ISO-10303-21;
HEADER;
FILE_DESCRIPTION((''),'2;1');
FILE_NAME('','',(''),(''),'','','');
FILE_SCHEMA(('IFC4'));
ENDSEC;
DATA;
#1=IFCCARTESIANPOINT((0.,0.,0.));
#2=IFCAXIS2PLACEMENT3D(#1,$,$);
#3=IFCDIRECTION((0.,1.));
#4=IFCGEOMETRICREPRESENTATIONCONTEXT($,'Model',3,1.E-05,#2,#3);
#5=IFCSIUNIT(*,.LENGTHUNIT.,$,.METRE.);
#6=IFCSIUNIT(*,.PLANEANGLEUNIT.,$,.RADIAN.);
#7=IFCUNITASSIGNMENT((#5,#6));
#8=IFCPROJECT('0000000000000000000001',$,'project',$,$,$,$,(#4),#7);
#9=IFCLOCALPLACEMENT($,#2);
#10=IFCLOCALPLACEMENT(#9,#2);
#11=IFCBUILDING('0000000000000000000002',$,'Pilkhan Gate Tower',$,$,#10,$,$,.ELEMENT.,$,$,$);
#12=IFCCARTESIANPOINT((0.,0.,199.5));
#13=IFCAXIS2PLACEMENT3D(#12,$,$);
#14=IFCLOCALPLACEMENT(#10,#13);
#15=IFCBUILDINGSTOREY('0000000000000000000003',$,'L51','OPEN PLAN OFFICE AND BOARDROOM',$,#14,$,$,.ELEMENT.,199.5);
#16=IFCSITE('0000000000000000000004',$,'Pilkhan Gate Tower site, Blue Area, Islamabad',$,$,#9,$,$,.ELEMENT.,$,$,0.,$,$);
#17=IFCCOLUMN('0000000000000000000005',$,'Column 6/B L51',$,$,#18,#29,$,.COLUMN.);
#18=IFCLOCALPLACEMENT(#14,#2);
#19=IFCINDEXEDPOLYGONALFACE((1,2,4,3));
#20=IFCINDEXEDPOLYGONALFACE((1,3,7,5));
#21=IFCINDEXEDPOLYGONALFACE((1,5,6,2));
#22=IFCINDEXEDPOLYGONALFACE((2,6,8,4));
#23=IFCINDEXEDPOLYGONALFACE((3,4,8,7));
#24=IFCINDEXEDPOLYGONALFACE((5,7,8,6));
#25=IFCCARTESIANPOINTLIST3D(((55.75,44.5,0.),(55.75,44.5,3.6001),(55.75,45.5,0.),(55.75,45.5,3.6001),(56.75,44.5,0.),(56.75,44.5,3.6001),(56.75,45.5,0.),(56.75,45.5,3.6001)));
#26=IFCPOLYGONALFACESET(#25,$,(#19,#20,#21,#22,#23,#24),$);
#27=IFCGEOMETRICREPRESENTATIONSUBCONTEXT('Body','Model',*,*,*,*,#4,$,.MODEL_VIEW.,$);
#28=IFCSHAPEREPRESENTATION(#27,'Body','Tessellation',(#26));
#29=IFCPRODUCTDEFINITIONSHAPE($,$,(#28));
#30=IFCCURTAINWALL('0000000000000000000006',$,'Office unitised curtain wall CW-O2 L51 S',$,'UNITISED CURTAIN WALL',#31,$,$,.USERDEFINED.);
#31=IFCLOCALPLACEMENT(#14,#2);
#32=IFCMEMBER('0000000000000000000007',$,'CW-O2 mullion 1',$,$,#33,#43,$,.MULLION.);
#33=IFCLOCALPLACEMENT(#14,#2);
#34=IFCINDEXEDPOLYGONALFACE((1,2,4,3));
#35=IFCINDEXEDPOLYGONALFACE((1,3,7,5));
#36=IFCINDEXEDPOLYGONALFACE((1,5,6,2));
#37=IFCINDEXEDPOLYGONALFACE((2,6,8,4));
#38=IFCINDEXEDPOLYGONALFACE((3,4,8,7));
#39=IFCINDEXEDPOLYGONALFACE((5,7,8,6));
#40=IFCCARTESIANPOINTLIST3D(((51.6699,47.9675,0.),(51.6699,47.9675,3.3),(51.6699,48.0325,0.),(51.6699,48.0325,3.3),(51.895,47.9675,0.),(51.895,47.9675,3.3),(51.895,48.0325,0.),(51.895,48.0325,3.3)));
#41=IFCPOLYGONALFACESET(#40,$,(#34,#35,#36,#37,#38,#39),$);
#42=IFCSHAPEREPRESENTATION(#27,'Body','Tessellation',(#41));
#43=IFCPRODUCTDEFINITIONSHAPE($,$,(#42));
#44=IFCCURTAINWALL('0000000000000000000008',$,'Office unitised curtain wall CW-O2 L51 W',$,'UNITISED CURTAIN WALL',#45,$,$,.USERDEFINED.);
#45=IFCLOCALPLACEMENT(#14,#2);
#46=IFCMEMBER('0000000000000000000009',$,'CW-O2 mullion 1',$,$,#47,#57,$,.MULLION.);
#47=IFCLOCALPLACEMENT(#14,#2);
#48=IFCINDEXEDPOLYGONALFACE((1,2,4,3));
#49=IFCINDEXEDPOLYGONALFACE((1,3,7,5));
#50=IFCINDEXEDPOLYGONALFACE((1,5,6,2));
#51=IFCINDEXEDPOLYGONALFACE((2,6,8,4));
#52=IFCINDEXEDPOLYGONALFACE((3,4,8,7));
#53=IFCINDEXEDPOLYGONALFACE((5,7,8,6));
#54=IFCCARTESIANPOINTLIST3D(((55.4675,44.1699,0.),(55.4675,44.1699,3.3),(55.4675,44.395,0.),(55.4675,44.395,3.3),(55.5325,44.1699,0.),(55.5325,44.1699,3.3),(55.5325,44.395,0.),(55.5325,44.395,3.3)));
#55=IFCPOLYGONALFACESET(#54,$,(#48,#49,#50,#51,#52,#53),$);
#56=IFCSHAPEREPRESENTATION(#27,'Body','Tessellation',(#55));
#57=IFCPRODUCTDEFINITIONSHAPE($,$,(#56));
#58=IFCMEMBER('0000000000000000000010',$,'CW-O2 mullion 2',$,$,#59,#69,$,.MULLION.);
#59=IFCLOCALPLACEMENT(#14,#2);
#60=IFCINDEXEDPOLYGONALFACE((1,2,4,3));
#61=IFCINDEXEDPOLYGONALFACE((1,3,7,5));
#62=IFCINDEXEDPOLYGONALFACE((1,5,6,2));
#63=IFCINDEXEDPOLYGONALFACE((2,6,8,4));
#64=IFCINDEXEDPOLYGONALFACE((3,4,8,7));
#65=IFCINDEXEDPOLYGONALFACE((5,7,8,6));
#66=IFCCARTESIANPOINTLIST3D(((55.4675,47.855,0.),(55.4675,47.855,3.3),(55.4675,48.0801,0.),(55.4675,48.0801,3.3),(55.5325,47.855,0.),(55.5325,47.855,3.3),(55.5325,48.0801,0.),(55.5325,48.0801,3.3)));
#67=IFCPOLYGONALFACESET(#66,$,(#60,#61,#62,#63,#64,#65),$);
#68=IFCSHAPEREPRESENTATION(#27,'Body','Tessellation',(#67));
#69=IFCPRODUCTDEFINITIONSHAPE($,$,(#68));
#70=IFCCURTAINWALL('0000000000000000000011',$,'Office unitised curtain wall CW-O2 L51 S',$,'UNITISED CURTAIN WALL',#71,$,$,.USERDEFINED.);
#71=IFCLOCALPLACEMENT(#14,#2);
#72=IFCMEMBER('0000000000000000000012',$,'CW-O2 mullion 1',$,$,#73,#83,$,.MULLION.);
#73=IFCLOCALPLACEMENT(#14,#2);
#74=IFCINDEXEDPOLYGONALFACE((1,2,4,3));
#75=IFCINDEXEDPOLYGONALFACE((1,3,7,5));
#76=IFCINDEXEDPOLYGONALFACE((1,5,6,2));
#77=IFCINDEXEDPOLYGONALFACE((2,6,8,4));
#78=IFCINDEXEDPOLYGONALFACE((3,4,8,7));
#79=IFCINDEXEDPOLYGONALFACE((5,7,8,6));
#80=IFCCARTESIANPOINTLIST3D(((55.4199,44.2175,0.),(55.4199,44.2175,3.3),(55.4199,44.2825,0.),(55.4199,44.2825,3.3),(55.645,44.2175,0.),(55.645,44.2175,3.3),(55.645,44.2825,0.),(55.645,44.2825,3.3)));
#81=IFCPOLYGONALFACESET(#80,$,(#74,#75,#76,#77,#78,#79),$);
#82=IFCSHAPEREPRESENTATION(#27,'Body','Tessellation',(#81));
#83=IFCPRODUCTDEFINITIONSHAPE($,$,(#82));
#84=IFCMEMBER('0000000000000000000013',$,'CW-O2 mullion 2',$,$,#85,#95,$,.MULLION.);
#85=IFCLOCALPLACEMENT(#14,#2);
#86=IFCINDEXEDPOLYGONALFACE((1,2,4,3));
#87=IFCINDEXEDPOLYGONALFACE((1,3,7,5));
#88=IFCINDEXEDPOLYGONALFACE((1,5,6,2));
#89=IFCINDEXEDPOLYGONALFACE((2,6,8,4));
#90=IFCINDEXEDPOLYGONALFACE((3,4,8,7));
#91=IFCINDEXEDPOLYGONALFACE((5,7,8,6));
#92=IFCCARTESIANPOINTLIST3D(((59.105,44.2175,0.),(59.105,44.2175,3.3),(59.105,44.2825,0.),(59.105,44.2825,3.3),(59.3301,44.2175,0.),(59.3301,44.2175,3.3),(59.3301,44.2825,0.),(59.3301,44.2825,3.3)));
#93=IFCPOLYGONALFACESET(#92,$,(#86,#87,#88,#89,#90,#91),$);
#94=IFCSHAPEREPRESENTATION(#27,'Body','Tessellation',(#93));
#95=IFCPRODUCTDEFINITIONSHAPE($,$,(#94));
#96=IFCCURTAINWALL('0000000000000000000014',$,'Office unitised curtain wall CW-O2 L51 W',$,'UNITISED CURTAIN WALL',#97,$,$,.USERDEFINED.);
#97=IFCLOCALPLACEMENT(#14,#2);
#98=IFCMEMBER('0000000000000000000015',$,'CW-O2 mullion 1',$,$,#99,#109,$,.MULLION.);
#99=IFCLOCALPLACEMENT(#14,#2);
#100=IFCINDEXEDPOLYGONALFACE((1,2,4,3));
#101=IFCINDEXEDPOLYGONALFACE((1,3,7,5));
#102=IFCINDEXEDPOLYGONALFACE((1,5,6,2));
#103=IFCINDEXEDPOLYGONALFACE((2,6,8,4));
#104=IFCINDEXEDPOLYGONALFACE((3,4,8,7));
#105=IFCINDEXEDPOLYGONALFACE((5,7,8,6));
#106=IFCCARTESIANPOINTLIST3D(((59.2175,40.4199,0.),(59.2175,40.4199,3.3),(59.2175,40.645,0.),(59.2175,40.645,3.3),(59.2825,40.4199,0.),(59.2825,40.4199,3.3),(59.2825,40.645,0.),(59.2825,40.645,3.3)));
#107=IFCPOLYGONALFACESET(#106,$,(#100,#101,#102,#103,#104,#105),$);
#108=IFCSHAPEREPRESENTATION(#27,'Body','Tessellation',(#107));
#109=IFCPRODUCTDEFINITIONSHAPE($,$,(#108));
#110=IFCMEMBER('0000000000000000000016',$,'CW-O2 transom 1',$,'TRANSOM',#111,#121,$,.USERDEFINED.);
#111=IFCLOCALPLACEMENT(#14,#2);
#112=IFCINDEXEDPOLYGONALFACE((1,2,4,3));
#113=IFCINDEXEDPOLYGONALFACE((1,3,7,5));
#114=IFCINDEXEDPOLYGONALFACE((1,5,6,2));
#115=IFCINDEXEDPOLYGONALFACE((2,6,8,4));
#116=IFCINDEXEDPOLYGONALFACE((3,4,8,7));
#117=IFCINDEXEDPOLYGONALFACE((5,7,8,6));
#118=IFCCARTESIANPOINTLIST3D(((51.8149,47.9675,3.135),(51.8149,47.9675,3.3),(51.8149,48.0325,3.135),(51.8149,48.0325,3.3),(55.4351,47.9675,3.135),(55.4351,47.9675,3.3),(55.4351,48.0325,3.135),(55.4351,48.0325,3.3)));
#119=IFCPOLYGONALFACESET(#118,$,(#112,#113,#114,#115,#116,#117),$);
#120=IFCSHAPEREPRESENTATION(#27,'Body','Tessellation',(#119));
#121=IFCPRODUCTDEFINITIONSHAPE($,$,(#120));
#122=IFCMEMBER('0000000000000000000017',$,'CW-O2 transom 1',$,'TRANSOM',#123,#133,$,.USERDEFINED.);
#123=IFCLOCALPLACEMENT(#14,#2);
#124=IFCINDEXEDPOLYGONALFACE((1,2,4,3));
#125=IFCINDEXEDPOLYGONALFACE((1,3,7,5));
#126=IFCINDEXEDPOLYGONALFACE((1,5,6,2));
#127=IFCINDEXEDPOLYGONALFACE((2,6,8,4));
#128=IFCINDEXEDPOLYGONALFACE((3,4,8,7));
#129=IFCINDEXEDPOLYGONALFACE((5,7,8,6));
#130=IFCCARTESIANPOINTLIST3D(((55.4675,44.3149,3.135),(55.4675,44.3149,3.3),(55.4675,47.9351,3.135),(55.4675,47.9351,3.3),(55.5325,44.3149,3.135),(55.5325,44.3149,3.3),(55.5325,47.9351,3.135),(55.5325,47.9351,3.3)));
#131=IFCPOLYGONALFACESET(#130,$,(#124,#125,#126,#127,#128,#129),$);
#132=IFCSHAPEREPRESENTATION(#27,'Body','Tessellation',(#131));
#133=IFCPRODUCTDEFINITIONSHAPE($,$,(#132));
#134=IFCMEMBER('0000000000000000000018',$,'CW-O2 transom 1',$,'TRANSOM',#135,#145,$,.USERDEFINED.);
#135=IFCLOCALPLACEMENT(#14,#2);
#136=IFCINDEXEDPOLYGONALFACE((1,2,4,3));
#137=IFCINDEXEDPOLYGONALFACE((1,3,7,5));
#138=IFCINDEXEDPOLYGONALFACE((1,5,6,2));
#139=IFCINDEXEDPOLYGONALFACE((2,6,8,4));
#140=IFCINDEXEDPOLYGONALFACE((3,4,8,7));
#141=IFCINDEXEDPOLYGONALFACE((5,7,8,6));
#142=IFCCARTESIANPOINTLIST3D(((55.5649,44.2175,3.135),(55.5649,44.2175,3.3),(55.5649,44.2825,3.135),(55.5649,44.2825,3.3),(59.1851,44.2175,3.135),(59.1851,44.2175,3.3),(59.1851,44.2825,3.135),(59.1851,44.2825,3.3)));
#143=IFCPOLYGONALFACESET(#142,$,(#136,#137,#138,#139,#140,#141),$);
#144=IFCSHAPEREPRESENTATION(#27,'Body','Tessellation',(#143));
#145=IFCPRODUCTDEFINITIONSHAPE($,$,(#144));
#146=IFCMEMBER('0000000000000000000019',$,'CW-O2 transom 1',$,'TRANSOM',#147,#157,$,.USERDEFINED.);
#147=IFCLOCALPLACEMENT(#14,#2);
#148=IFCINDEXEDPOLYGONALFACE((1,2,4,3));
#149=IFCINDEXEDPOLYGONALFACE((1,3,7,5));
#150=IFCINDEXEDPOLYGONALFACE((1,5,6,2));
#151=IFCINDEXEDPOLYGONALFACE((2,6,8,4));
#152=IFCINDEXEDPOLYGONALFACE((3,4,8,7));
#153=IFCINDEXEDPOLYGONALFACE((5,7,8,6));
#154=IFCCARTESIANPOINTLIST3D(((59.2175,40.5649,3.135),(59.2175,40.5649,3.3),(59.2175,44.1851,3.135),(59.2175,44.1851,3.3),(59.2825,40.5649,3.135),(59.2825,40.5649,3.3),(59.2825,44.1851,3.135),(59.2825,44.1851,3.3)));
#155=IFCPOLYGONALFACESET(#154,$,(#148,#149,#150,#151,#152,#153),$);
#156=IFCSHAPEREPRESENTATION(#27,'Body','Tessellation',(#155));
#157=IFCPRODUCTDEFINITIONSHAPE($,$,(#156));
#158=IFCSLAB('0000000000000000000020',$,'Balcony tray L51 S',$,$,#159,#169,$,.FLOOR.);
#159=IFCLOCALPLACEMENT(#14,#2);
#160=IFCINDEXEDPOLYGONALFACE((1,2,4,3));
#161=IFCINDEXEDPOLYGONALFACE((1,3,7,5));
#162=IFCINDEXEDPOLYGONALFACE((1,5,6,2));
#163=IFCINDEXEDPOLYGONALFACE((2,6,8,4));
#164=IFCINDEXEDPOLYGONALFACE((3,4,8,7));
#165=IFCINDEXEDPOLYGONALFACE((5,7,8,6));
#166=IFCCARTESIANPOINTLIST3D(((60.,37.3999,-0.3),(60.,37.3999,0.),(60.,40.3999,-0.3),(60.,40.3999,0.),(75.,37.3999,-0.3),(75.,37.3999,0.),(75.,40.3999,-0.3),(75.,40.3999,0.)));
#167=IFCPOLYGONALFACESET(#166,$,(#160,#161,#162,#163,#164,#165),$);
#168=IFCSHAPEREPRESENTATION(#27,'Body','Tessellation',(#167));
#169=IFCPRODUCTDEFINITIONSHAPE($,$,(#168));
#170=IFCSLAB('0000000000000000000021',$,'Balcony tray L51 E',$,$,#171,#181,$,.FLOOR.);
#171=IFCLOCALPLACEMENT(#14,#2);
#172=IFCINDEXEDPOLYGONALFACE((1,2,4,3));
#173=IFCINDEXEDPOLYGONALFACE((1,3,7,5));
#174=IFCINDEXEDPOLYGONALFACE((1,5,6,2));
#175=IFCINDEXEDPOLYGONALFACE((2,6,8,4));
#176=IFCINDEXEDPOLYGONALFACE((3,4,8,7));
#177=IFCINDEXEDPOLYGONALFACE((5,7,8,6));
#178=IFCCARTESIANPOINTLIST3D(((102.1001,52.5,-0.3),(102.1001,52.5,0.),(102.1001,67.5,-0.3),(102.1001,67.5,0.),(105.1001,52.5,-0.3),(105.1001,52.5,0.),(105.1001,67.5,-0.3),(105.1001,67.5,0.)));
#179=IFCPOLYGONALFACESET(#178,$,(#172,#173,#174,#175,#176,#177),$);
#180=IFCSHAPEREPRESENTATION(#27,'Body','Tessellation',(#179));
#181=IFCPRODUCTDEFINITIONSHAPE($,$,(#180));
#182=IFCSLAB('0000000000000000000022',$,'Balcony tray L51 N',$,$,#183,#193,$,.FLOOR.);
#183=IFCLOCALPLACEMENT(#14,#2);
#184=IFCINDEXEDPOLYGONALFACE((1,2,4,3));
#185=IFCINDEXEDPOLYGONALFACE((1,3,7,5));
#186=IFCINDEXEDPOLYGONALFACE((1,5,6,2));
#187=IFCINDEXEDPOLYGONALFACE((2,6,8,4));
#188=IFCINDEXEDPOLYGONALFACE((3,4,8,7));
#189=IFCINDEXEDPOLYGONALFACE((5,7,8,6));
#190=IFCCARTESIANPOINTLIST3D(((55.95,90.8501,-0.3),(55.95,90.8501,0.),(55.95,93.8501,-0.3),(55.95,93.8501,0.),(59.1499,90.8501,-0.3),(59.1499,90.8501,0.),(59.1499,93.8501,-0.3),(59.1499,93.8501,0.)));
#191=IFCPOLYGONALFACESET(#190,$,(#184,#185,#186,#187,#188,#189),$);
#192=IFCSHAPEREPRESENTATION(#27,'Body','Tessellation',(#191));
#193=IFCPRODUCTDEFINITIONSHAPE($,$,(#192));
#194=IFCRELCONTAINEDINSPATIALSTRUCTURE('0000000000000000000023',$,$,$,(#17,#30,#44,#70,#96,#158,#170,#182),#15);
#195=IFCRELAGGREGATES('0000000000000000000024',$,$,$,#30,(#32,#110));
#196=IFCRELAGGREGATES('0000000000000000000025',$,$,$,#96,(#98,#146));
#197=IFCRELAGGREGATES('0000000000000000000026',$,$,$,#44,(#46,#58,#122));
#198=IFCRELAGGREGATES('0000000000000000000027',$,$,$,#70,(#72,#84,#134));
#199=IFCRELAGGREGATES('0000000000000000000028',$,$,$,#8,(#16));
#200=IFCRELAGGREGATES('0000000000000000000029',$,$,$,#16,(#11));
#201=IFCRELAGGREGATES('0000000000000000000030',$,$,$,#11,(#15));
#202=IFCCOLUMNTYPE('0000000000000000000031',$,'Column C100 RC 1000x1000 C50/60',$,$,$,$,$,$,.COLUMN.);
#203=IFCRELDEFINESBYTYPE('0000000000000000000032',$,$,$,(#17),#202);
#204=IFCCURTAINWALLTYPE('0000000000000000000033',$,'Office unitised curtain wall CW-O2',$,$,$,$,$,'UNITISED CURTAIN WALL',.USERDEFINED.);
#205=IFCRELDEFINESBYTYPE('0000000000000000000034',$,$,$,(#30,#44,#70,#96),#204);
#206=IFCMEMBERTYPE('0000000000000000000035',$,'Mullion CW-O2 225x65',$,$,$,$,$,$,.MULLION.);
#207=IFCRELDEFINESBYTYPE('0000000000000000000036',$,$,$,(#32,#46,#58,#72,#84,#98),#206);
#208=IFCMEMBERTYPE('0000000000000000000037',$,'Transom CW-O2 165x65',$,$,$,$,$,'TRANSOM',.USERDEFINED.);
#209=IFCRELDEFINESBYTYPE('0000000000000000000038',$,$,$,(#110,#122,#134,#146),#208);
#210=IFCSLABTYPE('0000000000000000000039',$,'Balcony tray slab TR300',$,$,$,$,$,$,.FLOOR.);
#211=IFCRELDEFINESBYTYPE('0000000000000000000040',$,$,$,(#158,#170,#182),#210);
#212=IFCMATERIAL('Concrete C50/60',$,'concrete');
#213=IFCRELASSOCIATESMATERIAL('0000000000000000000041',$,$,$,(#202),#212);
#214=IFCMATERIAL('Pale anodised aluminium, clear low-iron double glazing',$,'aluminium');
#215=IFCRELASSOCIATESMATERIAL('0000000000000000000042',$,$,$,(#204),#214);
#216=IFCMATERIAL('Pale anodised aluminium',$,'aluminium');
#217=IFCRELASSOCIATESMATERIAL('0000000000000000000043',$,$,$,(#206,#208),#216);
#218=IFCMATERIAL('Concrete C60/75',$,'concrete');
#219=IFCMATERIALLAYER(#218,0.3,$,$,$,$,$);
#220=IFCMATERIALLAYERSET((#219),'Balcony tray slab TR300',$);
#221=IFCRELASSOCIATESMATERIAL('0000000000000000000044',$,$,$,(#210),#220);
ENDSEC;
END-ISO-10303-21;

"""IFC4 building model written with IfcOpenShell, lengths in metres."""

from ifc_helpers import new_model, si_unit, direction, frame, origin, origin_2d, place, context, subcontext, project, spatial, polyline, rectangle, outline, extrude, material, layer, layer_set, material_profile, profile_set, type_object, element, aggregate, save


model = new_model("IFC4")

# Units and contexts
model_context = context("Model", 3, precision=1e-05, world=origin(), true_north=direction((0.0, 1.0)))
body_context = subcontext(model_context, "Body", "Model", "MODEL_VIEW")
ifc_project = project(units=[si_unit("LENGTHUNIT", "METRE"), si_unit("PLANEANGLEUNIT", "RADIAN")], contexts=[model_context])

# Site, building, storey
site_placement = place(None, origin())
site = spatial("IfcSite", under=ifc_project, at=site_placement, Name="Pilkhan Gate Tower site, Blue Area, Islamabad", CompositionType="ELEMENT", RefElevation=0.0)
building_placement = place(site_placement, origin())
building = spatial("IfcBuilding", under=site, at=building_placement, Name="Pilkhan Gate Tower", CompositionType="ELEMENT")
storey_placement = place(building_placement, frame((0.0, 0.0, 199.5)))
storey = spatial("IfcBuildingStorey", under=building, at=storey_placement, Name="L51", Description="OPEN PLAN OFFICE AND BOARDROOM", CompositionType="ELEMENT", Elevation=199.5)

# Column
ifc_material_1 = material(Name="Concrete C50/60", Category="concrete")
ifc_material_profile_1 = material_profile(ifc_material_1, rectangle(XDim=1.0, YDim=1.0, at=origin_2d()), Name="RC 1000x1000")
ifc_profile_set_1 = profile_set([ifc_material_profile_1], Name="Concrete C50/60")
column_type = type_object("IfcColumnType", Name="Column C100 RC 1000x1000 C50/60", PredefinedType="COLUMN", material=ifc_profile_set_1)
column_placement = place(storey_placement, frame((56.25, 45.0, 0.0), z_axis=(0.0, 0.0, 1.0), x_axis=(1.0, 0.0, 0.0)))
element("IfcColumn", 1, at=column_placement, inside=storey, type_object=column_type, Name="Column 6/B L51", PredefinedType="COLUMN", context=body_context, shape_type="SweptSolid", body=[
    extrude(rectangle(XDim=1.0, YDim=1.0, at=origin_2d()), origin(), (0.0, 0.0, 1.0), 3.6001),
])

# Curtain wall, member
ifc_material_2 = material(Name="Pale anodised aluminium, clear low-iron double glazing", Category="aluminium")
curtain_wall_type = type_object("IfcCurtainWallType", Name="Office unitised curtain wall CW-O2", ElementType="UNITISED CURTAIN WALL", PredefinedType="USERDEFINED", material=ifc_material_2)
curtain_wall_1_placement = place(storey_placement, origin())
curtain_wall_1 = element("IfcCurtainWall", 2, at=curtain_wall_1_placement, inside=storey, type_object=curtain_wall_type, Name="Office unitised curtain wall CW-O2 L51 S", ObjectType="UNITISED CURTAIN WALL", PredefinedType="USERDEFINED")
ifc_material_3 = material(Name="Pale anodised aluminium", Category="aluminium")
ifc_material_profile_2 = material_profile(ifc_material_3, rectangle(XDim=0.0649, YDim=0.2251, at=origin_2d()), Name="Mullion 225x65")
ifc_profile_set_2 = profile_set([ifc_material_profile_2], Name="Pale anodised aluminium")
member_type_1 = type_object("IfcMemberType", Name="Mullion CW-O2 225x65", PredefinedType="MULLION", material=ifc_profile_set_2)
member_1_placement = place(storey_placement, frame((51.7825, 48.0, 0.0), z_axis=(0.0, 0.0, 1.0), x_axis=(0.0, 1.0, 0.0)))
member_1 = element("IfcMember", 3, at=member_1_placement, type_object=member_type_1, Name="CW-O2 mullion 1", PredefinedType="MULLION", context=body_context, shape_type="SweptSolid", body=[
    extrude(rectangle(XDim=0.0649, YDim=0.2251, at=origin_2d()), origin(), (0.0, 0.0, 1.0), 3.3),
])

# Curtain walls, members
curtain_wall_2_placement = place(storey_placement, origin())
curtain_wall_2 = element("IfcCurtainWall", 4, at=curtain_wall_2_placement, inside=storey, type_object=curtain_wall_type, Name="Office unitised curtain wall CW-O2 L51 W", ObjectType="UNITISED CURTAIN WALL", PredefinedType="USERDEFINED")
member_2_placement = place(storey_placement, frame((55.5, 44.2825, 0.0), z_axis=(0.0, 0.0, 1.0), x_axis=(-1.0, 0.0, 0.0)))
member_2 = element("IfcMember", 5, at=member_2_placement, type_object=member_type_1, Name="CW-O2 mullion 1", PredefinedType="MULLION", context=body_context, shape_type="SweptSolid", body=[
    extrude(rectangle(XDim=0.0649, YDim=0.2251, at=origin_2d()), origin(), (0.0, 0.0, 1.0), 3.3),
])
member_3_placement = place(storey_placement, frame((55.5, 47.9675, 0.0), z_axis=(0.0, 0.0, 1.0), x_axis=(-1.0, 0.0, 0.0)))
member_3 = element("IfcMember", 6, at=member_3_placement, type_object=member_type_1, Name="CW-O2 mullion 2", PredefinedType="MULLION", context=body_context, shape_type="SweptSolid", body=[
    extrude(rectangle(XDim=0.0649, YDim=0.2251, at=origin_2d()), origin(), (0.0, 0.0, 1.0), 3.3),
])
curtain_wall_3_placement = place(storey_placement, origin())
curtain_wall_3 = element("IfcCurtainWall", 7, at=curtain_wall_3_placement, inside=storey, type_object=curtain_wall_type, Name="Office unitised curtain wall CW-O2 L51 S", ObjectType="UNITISED CURTAIN WALL", PredefinedType="USERDEFINED")
member_4_placement = place(storey_placement, frame((55.5325, 44.25, 0.0), z_axis=(0.0, 0.0, 1.0), x_axis=(0.0, 1.0, 0.0)))
member_4 = element("IfcMember", 8, at=member_4_placement, type_object=member_type_1, Name="CW-O2 mullion 1", PredefinedType="MULLION", context=body_context, shape_type="SweptSolid", body=[
    extrude(rectangle(XDim=0.0649, YDim=0.2251, at=origin_2d()), origin(), (0.0, 0.0, 1.0), 3.3),
])
member_5_placement = place(storey_placement, frame((59.2175, 44.25, 0.0), z_axis=(0.0, 0.0, 1.0), x_axis=(0.0, 1.0, 0.0)))
member_5 = element("IfcMember", 9, at=member_5_placement, type_object=member_type_1, Name="CW-O2 mullion 2", PredefinedType="MULLION", context=body_context, shape_type="SweptSolid", body=[
    extrude(rectangle(XDim=0.0649, YDim=0.2251, at=origin_2d()), origin(), (0.0, 0.0, 1.0), 3.3),
])

# Curtain wall, member
curtain_wall_4_placement = place(storey_placement, origin())
curtain_wall_4 = element("IfcCurtainWall", 10, at=curtain_wall_4_placement, inside=storey, type_object=curtain_wall_type, Name="Office unitised curtain wall CW-O2 L51 W", ObjectType="UNITISED CURTAIN WALL", PredefinedType="USERDEFINED")
member_6_placement = place(storey_placement, frame((59.25, 40.5325, 0.0), z_axis=(0.0, 0.0, 1.0), x_axis=(-1.0, 0.0, 0.0)))
member_6 = element("IfcMember", 11, at=member_6_placement, type_object=member_type_1, Name="CW-O2 mullion 1", PredefinedType="MULLION", context=body_context, shape_type="SweptSolid", body=[
    extrude(rectangle(XDim=0.0649, YDim=0.2251, at=origin_2d()), origin(), (0.0, 0.0, 1.0), 3.3),
])

# Members
ifc_material_profile_3 = material_profile(ifc_material_3, rectangle(XDim=0.0649, YDim=0.165, at=origin_2d()), Name="Transom 165x65")
ifc_profile_set_3 = profile_set([ifc_material_profile_3], Name="Pale anodised aluminium")
member_type_2 = type_object("IfcMemberType", Name="Transom CW-O2 165x65", ElementType="TRANSOM", PredefinedType="USERDEFINED", material=ifc_profile_set_3)
member_7_placement = place(storey_placement, frame((51.8149, 48.0, 3.2175), z_axis=(1.0, 0.0, 0.0), x_axis=(0.0, 1.0, 0.0)))
member_7 = element("IfcMember", 12, at=member_7_placement, type_object=member_type_2, Name="CW-O2 transom 1", ObjectType="TRANSOM", PredefinedType="USERDEFINED", context=body_context, shape_type="SweptSolid", body=[
    extrude(rectangle(XDim=0.0649, YDim=0.165, at=origin_2d()), origin(), (0.0, 0.0, 1.0), 3.6201),
])
aggregate(curtain_wall_1, [member_1, member_7])
member_8_placement = place(storey_placement, frame((55.5, 44.3149, 3.2175), z_axis=(0.0, 1.0, 0.0), x_axis=(-1.0, 0.0, 0.0)))
member_8 = element("IfcMember", 13, at=member_8_placement, type_object=member_type_2, Name="CW-O2 transom 1", ObjectType="TRANSOM", PredefinedType="USERDEFINED", context=body_context, shape_type="SweptSolid", body=[
    extrude(rectangle(XDim=0.0649, YDim=0.165, at=origin_2d()), origin(), (0.0, 0.0, 1.0), 3.6201),
])
member_9_placement = place(storey_placement, frame((55.5649, 44.25, 3.2175), z_axis=(1.0, 0.0, 0.0), x_axis=(0.0, 1.0, 0.0)))
member_9 = element("IfcMember", 14, at=member_9_placement, type_object=member_type_2, Name="CW-O2 transom 1", ObjectType="TRANSOM", PredefinedType="USERDEFINED", context=body_context, shape_type="SweptSolid", body=[
    extrude(rectangle(XDim=0.0649, YDim=0.165, at=origin_2d()), origin(), (0.0, 0.0, 1.0), 3.6201),
])
member_10_placement = place(storey_placement, frame((59.25, 40.5649, 3.2175), z_axis=(0.0, 1.0, 0.0), x_axis=(-1.0, 0.0, 0.0)))
member_10 = element("IfcMember", 15, at=member_10_placement, type_object=member_type_2, Name="CW-O2 transom 1", ObjectType="TRANSOM", PredefinedType="USERDEFINED", context=body_context, shape_type="SweptSolid", body=[
    extrude(rectangle(XDim=0.0649, YDim=0.165, at=origin_2d()), origin(), (0.0, 0.0, 1.0), 3.6201),
])
aggregate(curtain_wall_4, [member_6, member_10])

# Slabs
ifc_material_4 = material(Name="Concrete C60/75", Category="concrete")
ifc_layer_1 = layer(ifc_material_4, 0.3)
ifc_layer_set_1 = layer_set([ifc_layer_1], Name="Balcony tray slab TR300")
slab_type_1 = type_object("IfcSlabType", Name="Balcony tray slab TR300", PredefinedType="FLOOR", material=ifc_layer_set_1)
slab_1_placement = place(storey_placement, frame((0.0, 0.0, -0.3)))
element("IfcSlab", 16, at=slab_1_placement, inside=storey, type_object=slab_type_1, Name="Balcony tray L51 S", PredefinedType="FLOOR", context=body_context, shape_type="SweptSolid", body=[
    extrude(outline(polyline([(75.0, 37.3999), (75.0, 40.3999), (60.0, 40.3999), (60.0, 37.3999), (75.0, 37.3999)])), origin(), (0.0, 0.0, 1.0), 0.3),
])
slab_2_placement = place(storey_placement, frame((0.0, 0.0, -0.3)))
element("IfcSlab", 17, at=slab_2_placement, inside=storey, type_object=slab_type_1, Name="Balcony tray L51 E", PredefinedType="FLOOR", context=body_context, shape_type="SweptSolid", body=[
    extrude(outline(polyline([(105.1001, 52.5), (105.1001, 67.5), (102.1001, 67.5), (102.1001, 52.5), (105.1001, 52.5)])), origin(), (0.0, 0.0, 1.0), 0.3),
])
slab_3_placement = place(storey_placement, frame((0.0, 0.0, -0.3)))
element("IfcSlab", 18, at=slab_3_placement, inside=storey, type_object=slab_type_1, Name="Balcony tray L51 N", PredefinedType="FLOOR", context=body_context, shape_type="SweptSolid", body=[
    extrude(outline(polyline([(59.1499, 90.8501), (59.1499, 93.8501), (55.95, 93.8501), (55.95, 90.8501), (59.1499, 90.8501)])), origin(), (0.0, 0.0, 1.0), 0.3),
])

aggregate(curtain_wall_2, [member_2, member_3, member_8])
aggregate(curtain_wall_3, [member_4, member_5, member_9])

save(model, "model.ifc")
